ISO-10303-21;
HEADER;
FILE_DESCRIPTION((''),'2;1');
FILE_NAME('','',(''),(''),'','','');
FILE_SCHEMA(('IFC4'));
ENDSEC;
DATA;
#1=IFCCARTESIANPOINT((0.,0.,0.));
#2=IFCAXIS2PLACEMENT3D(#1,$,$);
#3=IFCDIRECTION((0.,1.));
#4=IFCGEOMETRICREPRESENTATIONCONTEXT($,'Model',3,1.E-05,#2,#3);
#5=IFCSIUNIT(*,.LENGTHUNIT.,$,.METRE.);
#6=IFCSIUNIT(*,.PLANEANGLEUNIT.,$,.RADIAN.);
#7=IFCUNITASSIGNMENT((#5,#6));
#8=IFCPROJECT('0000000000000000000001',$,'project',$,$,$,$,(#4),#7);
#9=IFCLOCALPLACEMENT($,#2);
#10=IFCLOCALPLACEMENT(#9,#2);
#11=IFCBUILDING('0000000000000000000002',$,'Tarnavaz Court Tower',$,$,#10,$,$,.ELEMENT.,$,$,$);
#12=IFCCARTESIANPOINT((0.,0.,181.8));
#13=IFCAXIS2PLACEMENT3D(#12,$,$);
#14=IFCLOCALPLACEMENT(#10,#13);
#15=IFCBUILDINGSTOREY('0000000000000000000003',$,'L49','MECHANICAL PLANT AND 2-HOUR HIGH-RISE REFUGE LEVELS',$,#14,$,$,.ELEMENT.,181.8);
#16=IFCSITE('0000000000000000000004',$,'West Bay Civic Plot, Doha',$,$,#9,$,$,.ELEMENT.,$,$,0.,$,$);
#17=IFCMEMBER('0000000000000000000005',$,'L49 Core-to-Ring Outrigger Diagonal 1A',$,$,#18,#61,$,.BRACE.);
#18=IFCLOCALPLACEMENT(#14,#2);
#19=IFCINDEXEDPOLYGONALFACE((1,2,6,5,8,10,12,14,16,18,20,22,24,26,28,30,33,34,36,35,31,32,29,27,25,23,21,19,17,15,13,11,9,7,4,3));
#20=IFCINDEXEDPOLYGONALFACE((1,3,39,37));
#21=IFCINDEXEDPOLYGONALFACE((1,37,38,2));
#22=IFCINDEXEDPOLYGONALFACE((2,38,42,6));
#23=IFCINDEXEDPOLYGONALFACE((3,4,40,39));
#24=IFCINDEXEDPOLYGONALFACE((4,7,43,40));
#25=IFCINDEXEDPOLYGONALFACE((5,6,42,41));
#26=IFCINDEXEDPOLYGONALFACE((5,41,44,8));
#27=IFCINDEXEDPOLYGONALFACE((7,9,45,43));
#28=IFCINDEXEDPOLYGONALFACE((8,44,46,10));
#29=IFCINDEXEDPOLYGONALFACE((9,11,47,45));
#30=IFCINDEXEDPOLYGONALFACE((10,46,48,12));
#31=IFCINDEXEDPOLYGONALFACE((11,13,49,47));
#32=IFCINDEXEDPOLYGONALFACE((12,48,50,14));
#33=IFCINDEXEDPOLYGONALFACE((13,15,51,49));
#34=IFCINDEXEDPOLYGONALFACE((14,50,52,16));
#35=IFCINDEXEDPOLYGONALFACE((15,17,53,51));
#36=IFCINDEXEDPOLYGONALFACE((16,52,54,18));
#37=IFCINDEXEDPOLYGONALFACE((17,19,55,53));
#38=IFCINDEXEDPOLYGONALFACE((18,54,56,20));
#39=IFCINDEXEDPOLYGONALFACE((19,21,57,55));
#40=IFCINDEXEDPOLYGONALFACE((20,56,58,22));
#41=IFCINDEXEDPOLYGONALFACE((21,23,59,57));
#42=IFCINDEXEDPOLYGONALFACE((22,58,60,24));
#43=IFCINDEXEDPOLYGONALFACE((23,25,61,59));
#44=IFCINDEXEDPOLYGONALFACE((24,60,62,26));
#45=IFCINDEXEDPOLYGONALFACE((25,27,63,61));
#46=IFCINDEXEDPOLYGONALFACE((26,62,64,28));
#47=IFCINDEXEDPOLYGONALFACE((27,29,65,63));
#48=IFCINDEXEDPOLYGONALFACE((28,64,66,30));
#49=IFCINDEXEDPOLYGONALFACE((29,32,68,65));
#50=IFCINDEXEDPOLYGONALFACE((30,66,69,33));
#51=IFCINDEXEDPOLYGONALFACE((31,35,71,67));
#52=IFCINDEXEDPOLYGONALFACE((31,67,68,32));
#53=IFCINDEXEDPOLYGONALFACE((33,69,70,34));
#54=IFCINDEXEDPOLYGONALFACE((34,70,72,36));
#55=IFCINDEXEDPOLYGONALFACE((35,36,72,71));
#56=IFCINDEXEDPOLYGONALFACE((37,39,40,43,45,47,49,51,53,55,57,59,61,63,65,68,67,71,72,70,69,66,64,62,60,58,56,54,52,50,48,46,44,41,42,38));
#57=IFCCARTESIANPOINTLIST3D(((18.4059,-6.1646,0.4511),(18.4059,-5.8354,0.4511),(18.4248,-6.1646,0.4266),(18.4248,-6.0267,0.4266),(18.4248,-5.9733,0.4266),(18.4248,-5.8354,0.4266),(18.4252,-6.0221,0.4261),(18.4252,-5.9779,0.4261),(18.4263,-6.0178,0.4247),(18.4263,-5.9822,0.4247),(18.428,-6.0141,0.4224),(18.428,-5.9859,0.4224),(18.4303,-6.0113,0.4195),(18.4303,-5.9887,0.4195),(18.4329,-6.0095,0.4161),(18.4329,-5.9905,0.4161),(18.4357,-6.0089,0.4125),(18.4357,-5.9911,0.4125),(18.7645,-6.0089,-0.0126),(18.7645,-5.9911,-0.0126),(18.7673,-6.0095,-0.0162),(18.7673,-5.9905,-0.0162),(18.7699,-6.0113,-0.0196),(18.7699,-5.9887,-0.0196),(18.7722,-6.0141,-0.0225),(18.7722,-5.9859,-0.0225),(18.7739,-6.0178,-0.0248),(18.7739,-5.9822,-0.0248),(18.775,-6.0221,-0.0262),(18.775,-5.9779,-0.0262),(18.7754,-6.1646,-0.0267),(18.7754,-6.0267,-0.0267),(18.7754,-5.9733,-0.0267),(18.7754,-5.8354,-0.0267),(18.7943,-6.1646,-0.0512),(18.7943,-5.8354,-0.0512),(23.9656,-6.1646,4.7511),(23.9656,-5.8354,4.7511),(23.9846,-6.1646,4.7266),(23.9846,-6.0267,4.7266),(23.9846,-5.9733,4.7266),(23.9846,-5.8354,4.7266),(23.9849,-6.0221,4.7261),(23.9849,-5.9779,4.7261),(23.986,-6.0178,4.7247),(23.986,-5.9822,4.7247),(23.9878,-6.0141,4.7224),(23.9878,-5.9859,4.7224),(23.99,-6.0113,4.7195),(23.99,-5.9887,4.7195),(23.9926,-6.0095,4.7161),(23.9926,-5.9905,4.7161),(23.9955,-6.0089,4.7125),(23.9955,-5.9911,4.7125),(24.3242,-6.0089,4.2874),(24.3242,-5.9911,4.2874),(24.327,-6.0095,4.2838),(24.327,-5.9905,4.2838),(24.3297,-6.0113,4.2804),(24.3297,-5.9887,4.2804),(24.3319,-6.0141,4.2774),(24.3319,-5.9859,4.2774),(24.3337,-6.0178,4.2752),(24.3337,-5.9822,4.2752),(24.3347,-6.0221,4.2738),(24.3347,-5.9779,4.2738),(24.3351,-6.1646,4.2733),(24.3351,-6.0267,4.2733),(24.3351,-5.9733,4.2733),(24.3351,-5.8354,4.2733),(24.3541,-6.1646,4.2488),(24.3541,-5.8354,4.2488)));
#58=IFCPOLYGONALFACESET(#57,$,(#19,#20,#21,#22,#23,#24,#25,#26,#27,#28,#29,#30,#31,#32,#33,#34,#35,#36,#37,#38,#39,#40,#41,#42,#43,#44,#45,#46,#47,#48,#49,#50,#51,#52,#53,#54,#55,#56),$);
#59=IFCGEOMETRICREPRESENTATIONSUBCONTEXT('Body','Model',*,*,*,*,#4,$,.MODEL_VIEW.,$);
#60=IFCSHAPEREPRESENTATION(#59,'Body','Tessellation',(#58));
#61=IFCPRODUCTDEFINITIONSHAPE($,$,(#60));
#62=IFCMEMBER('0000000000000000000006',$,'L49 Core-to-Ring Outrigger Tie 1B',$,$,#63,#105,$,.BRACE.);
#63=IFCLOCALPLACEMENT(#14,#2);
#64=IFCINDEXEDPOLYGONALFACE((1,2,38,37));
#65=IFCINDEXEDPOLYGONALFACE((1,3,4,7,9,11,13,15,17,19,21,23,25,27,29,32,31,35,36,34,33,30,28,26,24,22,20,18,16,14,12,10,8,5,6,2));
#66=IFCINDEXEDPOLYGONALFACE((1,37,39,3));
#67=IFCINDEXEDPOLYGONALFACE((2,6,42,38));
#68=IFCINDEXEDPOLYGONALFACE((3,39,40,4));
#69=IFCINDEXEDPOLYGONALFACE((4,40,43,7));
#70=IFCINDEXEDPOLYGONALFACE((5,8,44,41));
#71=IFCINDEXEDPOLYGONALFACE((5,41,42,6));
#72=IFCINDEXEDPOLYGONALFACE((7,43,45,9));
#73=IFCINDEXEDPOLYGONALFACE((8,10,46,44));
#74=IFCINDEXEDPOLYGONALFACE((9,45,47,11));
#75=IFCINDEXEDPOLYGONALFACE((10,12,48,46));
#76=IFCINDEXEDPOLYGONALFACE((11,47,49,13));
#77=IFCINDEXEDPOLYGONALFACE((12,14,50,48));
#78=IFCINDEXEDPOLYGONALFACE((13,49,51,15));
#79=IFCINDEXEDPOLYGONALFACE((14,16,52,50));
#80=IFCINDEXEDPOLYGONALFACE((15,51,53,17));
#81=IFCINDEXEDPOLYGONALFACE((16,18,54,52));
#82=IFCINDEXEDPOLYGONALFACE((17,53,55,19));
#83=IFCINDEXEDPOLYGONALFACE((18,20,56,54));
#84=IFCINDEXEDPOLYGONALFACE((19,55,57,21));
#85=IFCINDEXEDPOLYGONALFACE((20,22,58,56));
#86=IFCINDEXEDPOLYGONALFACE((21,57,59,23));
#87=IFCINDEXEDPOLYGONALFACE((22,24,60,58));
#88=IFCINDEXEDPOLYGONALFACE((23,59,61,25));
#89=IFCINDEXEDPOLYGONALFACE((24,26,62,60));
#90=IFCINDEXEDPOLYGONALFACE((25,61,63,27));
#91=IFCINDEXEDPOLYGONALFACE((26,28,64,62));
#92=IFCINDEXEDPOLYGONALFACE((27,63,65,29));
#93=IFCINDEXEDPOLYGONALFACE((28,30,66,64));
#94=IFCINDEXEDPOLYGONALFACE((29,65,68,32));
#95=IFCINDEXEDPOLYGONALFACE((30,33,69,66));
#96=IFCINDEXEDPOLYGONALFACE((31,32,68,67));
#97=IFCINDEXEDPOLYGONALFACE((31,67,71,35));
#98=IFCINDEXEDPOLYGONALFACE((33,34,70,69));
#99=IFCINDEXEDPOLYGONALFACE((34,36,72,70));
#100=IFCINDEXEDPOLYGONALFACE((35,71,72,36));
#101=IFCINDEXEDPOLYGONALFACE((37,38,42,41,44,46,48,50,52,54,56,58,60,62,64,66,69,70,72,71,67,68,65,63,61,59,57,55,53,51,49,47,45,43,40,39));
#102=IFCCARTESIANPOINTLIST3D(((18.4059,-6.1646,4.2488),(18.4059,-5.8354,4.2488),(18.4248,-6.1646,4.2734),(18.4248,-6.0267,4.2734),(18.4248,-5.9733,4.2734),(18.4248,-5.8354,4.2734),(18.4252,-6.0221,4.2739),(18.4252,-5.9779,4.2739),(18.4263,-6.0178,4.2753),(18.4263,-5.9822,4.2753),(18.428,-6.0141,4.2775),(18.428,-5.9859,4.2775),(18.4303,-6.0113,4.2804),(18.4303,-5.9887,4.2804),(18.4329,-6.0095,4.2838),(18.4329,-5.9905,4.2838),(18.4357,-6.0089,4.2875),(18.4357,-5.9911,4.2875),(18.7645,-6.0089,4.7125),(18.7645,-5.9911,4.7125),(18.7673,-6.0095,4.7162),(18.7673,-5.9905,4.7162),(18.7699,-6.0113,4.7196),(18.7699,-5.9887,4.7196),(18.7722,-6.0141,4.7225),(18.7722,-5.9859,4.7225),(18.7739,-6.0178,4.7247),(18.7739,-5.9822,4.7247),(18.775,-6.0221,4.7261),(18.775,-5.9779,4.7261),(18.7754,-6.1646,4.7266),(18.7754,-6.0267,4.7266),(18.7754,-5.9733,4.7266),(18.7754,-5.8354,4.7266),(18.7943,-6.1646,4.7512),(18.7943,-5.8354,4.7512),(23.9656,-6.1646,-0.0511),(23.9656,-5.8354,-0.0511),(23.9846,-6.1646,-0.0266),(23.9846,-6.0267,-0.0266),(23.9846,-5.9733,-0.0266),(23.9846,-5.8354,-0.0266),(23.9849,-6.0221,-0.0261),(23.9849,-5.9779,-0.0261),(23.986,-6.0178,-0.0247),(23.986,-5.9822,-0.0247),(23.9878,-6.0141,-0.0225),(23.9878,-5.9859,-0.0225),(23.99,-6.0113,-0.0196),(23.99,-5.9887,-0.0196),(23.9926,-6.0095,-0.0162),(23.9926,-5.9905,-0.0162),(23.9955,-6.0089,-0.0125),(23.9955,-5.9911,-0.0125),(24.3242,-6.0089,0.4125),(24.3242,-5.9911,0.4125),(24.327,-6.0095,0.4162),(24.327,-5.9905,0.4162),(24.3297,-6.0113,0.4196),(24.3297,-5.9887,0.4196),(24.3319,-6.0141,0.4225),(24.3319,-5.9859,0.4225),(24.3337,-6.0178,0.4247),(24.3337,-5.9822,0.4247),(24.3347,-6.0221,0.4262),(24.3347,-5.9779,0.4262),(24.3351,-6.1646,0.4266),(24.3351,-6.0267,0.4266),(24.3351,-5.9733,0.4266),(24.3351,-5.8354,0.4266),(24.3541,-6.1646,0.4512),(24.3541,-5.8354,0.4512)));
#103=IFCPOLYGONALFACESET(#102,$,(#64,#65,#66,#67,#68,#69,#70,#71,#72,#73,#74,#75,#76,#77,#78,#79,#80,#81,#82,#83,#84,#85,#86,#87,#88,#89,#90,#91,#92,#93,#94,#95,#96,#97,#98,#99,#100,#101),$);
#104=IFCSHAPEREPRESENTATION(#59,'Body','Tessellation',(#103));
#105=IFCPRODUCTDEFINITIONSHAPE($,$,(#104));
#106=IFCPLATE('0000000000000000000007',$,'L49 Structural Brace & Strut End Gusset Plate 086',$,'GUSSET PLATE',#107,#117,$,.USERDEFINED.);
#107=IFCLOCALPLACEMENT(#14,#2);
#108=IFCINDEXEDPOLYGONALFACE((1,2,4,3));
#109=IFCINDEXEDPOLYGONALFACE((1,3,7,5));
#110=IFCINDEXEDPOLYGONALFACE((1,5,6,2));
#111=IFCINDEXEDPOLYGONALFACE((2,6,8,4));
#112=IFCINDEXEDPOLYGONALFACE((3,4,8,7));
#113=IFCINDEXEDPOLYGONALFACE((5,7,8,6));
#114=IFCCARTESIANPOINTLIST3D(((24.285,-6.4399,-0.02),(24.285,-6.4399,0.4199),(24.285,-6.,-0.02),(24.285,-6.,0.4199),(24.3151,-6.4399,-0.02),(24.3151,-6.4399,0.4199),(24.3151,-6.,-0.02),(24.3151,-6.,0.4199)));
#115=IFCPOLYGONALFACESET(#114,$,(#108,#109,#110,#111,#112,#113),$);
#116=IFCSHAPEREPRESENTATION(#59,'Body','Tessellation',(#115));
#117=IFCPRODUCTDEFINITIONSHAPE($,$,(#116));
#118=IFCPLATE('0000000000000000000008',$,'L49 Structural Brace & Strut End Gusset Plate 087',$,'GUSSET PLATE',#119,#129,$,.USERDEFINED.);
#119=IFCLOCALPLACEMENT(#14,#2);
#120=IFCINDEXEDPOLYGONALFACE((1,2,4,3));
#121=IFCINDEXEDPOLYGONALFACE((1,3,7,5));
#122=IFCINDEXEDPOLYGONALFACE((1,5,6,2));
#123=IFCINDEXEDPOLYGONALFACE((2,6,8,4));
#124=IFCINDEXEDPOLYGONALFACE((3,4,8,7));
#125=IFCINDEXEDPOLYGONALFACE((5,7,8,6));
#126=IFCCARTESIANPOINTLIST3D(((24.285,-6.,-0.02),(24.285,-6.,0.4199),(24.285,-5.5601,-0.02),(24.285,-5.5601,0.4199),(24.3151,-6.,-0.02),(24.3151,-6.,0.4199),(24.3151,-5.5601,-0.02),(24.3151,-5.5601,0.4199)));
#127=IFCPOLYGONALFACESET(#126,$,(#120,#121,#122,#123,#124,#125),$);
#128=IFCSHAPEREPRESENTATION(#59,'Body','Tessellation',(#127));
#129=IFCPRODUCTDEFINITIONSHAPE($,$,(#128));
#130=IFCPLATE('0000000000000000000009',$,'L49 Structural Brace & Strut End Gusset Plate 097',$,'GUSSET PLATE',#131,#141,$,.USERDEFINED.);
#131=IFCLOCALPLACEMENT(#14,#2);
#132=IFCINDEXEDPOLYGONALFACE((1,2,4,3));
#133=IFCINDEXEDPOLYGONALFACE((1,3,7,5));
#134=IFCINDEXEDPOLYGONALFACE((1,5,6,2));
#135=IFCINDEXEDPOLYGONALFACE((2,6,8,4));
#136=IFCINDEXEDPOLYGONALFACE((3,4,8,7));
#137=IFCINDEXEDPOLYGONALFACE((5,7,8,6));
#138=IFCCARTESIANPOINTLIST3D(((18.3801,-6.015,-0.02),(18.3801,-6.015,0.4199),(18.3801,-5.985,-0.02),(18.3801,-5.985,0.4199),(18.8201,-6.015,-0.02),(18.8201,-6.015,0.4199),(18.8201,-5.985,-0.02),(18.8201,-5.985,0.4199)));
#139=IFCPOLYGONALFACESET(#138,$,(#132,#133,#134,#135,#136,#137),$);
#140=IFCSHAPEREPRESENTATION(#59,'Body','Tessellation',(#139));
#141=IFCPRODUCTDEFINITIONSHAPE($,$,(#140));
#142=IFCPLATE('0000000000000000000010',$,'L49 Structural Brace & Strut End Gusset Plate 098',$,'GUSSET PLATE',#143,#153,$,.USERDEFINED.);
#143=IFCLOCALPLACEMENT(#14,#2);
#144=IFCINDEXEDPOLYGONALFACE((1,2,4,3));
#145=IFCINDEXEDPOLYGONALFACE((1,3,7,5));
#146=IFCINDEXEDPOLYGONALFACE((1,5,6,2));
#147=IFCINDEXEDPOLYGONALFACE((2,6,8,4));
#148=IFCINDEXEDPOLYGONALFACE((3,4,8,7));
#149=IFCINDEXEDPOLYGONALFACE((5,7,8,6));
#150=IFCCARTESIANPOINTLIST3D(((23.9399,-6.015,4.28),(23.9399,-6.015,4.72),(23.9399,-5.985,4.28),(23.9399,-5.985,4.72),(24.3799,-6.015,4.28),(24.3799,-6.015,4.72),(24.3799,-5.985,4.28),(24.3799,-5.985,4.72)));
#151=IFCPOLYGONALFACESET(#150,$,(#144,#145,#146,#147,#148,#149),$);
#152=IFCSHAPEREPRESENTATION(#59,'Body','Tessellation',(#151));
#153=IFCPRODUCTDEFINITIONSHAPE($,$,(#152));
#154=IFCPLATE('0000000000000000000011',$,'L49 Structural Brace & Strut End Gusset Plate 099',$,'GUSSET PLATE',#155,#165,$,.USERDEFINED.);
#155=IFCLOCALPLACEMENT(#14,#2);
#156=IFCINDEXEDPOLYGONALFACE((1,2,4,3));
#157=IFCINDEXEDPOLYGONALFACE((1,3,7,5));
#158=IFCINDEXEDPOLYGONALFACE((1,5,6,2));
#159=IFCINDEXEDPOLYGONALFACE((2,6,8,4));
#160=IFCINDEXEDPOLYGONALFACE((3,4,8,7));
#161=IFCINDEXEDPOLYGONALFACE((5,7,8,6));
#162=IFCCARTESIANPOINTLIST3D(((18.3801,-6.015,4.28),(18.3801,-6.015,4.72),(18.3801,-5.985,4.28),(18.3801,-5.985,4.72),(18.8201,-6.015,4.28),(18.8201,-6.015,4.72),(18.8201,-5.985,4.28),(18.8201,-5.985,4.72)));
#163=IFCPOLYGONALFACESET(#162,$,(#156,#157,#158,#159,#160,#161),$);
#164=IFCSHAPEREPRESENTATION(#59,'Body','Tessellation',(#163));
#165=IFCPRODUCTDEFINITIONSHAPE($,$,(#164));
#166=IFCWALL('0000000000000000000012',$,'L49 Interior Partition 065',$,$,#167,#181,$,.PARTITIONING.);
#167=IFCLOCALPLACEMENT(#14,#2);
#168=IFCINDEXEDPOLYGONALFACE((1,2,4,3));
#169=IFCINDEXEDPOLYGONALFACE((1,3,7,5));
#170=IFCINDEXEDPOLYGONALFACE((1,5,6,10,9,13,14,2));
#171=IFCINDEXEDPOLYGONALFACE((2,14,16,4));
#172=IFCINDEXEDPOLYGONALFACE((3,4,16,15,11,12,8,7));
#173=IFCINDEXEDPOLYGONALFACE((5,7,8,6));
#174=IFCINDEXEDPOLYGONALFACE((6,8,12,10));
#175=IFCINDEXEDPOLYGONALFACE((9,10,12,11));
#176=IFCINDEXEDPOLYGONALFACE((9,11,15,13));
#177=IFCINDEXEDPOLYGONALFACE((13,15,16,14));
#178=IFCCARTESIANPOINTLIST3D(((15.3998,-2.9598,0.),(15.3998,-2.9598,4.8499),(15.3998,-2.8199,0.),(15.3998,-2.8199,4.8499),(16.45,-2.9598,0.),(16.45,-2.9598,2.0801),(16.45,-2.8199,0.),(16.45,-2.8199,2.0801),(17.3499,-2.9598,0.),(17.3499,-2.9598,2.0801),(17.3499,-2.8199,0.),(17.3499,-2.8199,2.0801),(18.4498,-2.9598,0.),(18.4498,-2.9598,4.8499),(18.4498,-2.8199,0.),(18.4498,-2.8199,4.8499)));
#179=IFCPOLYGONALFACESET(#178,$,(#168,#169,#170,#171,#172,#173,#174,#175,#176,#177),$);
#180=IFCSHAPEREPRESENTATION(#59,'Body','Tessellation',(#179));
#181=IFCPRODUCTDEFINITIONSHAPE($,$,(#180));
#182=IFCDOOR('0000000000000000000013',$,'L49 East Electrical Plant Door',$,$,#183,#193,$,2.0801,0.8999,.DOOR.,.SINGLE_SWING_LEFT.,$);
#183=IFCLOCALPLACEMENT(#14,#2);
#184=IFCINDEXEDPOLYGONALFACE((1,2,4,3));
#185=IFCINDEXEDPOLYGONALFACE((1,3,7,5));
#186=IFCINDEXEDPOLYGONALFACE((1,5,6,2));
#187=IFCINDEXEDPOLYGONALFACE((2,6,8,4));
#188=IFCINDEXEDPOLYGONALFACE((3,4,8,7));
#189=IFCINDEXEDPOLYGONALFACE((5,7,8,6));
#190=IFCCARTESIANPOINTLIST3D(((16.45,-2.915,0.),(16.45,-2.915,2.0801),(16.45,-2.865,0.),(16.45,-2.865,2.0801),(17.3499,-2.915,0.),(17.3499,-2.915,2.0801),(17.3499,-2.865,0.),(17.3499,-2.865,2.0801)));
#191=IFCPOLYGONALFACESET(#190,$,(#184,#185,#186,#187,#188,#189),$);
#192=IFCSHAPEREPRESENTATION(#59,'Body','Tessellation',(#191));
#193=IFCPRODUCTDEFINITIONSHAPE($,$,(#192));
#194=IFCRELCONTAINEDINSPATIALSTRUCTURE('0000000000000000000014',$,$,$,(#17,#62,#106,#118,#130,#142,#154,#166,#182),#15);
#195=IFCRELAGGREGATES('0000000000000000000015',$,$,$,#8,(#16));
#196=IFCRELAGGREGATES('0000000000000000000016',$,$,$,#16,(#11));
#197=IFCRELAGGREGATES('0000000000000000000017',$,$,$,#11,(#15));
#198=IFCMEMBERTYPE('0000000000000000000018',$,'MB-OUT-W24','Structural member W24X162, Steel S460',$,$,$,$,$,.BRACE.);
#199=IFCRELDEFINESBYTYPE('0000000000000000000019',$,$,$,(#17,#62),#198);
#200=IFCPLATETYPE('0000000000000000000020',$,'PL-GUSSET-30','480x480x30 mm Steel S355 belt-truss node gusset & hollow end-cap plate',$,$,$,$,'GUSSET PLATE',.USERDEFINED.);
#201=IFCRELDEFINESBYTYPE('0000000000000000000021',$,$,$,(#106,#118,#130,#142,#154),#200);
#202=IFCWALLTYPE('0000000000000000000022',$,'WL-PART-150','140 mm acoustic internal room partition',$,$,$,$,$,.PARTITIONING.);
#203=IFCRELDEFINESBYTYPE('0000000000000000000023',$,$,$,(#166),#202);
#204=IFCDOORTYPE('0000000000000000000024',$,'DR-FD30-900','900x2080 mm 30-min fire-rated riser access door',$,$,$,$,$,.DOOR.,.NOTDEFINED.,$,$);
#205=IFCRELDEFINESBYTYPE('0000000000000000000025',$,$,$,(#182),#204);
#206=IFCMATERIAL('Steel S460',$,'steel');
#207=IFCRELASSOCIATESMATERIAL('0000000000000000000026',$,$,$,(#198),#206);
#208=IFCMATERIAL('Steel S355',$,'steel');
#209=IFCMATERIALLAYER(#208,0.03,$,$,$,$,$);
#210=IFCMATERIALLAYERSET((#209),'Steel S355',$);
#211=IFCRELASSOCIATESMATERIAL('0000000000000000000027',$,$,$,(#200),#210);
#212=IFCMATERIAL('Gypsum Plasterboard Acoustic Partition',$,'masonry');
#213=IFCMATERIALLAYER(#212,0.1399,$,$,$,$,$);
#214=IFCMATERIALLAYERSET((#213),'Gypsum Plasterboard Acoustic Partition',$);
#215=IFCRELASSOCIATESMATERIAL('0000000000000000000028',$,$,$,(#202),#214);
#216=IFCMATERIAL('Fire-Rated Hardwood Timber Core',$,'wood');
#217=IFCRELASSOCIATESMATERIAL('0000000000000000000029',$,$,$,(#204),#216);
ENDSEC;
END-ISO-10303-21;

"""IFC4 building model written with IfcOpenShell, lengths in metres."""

from ifc_helpers import new_model, si_unit, direction, frame, frame_2d, origin, origin_2d, place, context, subcontext, project, spatial, rectangle, i_section, extrude, material, layer, layer_set, material_profile, profile_set, type_object, element, fill, save


model = new_model("IFC4")

# Units and contexts
model_context = context("Model", 3, precision=1e-05, world=origin(), true_north=direction((0.0, 1.0)))
body_context = subcontext(model_context, "Body", "Model", "MODEL_VIEW")
ifc_project = project(units=[si_unit("LENGTHUNIT", "METRE"), si_unit("PLANEANGLEUNIT", "RADIAN")], contexts=[model_context])

# Site, building, storey
site_placement = place(None, origin())
site = spatial("IfcSite", under=ifc_project, at=site_placement, Name="West Bay Civic Plot, Doha", CompositionType="ELEMENT", RefElevation=0.0)
building_placement = place(site_placement, origin())
building = spatial("IfcBuilding", under=site, at=building_placement, Name="Tarnavaz Court Tower", CompositionType="ELEMENT")
storey_placement = place(building_placement, frame((0.0, 0.0, 181.8)))
storey = spatial("IfcBuildingStorey", under=building, at=storey_placement, Name="L49", Description="MECHANICAL PLANT AND 2-HOUR HIGH-RISE REFUGE LEVELS", CompositionType="ELEMENT", Elevation=181.8)

# Shared definitions
ifc_material_1 = material(Name="Steel S460", Category="steel")

# Members
ifc_material_profile_1 = material_profile(ifc_material_1, i_section(OverallWidth=0.3291, OverallDepth=0.635, WebThickness=0.0178, FlangeThickness=0.031, FilletRadius=0.0178, at=origin_2d()), Name="W24X162")
ifc_profile_set_1 = profile_set([ifc_material_profile_1], Name="Steel S460")
member_type_1 = type_object("IfcMemberType", Name="MB-OUT-W24", Description="Structural member W24X162, Steel S460", PredefinedType="BRACE", material=ifc_profile_set_1)
for number, where, z_axis, x_axis, name in (
    (1, (18.6001, -6.0, 0.2), (0.791021, 0.0, 0.611789), (0.0, 1.0, 0.0), "L49 Core-to-Ring Outrigger Diagonal 1A"),
    (2, (18.6001, -6.0, 4.5), (0.791021, 0.0, -0.611789), (0.0, 1.0, 0.0), "L49 Core-to-Ring Outrigger Tie 1B"),
):
    element("IfcMember", number, at=place(storey_placement, frame(where, z_axis=z_axis, x_axis=x_axis)), inside=storey, type_object=member_type_1, Name=name, PredefinedType="BRACE", context=body_context, shape_type="SweptSolid", body=[
        extrude(i_section(OverallWidth=0.3291, OverallDepth=0.635, WebThickness=0.0178, FlangeThickness=0.031, FilletRadius=0.0178, at=origin_2d()), origin(), (0.0, 0.0, 1.0), 7.0286),
    ])

# Plates
ifc_material_2 = material(Name="Steel S355", Category="steel")
ifc_layer_1 = layer(ifc_material_2, 0.03)
ifc_layer_set_1 = layer_set([ifc_layer_1], Name="Steel S355")
plate_type = type_object("IfcPlateType", Name="PL-GUSSET-30", Description="480x480x30 mm Steel S355 belt-truss node gusset & hollow end-cap plate", ElementType="GUSSET PLATE", PredefinedType="USERDEFINED", material=ifc_layer_set_1)
for number, where, z_axis, x_axis, name in (
    (3, (24.3, -6.22, -0.02), (0.0, 0.0, 1.0), (0.0, 1.0, 0.0), "L49 Structural Brace & Strut End Gusset Plate 086"),
    (4, (24.3, -5.78, -0.02), (0.0, 0.0, 1.0), (0.0, 1.0, 0.0), "L49 Structural Brace & Strut End Gusset Plate 087"),
    (5, (18.6001, -6.0, -0.02), (0.0, 0.0, 1.0), (1.0, 0.0, 0.0), "L49 Structural Brace & Strut End Gusset Plate 097"),
    (6, (24.1599, -6.0, 4.28), (0.0, 0.0, 1.0), (1.0, 0.0, 0.0), "L49 Structural Brace & Strut End Gusset Plate 098"),
    (7, (18.6001, -6.0, 4.28), (0.0, 0.0, 1.0), (1.0, 0.0, 0.0), "L49 Structural Brace & Strut End Gusset Plate 099"),
):
    element("IfcPlate", number, at=place(storey_placement, frame(where, z_axis=z_axis, x_axis=x_axis)), inside=storey, type_object=plate_type, Name=name, ObjectType="GUSSET PLATE", PredefinedType="USERDEFINED", context=body_context, shape_type="SweptSolid", body=[
        extrude(rectangle(XDim=0.4399, YDim=0.03, at=origin_2d()), origin(), (0.0, 0.0, 1.0), 0.4399),
    ])

# Wall, opening, door
ifc_material_3 = material(Name="Gypsum Plasterboard Acoustic Partition", Category="masonry")
ifc_layer_2 = layer(ifc_material_3, 0.1399)
ifc_layer_set_2 = layer_set([ifc_layer_2], Name="Gypsum Plasterboard Acoustic Partition")
wall_type_1 = type_object("IfcWallType", Name="WL-PART-150", Description="140 mm acoustic internal room partition", PredefinedType="PARTITIONING", material=ifc_layer_set_2)
wall_1_placement = place(storey_placement, frame((15.3999, -2.8899, 0.0), z_axis=(0.0, 0.0, 1.0), x_axis=(1.0, 0.0, 0.0)))
wall_1 = element("IfcWall", 8, at=wall_1_placement, inside=storey, type_object=wall_type_1, Name="L49 Interior Partition 065", PredefinedType="PARTITIONING", context=body_context, shape_type="SweptSolid", body=[
    extrude(rectangle(XDim=3.05, YDim=0.1399, at=frame_2d((1.5249, 0.0))), origin(), (0.0, 0.0, 1.0), 4.8499),
])
opening_placement = place(wall_1_placement, frame((1.05, 0.0, 0.0)))
opening = element("IfcOpeningElement", 9, at=opening_placement, cuts=wall_1, PredefinedType="OPENING", context=body_context, shape_type="SweptSolid", body=[
    extrude(rectangle(XDim=0.8999, YDim=2.0801, at=frame_2d((0.45, 1.04))), frame((0.0, 0.0798, 0.0), z_axis=(0.0, -1.0, 0.0), x_axis=(1.0, 0.0, 0.0)), (0.0, 0.0, 1.0), 0.1599),
])
ifc_material_4 = material(Name="Fire-Rated Hardwood Timber Core", Category="wood")
door_type = type_object("IfcDoorType", Name="DR-FD30-900", Description="900x2080 mm 30-min fire-rated riser access door", OperationType="NOTDEFINED", PredefinedType="DOOR", material=ifc_material_4)
door_placement = place(opening_placement, origin())
door = element("IfcDoor", 10, at=door_placement, inside=storey, type_object=door_type, Name="L49 East Electrical Plant Door", OperationType="SINGLE_SWING_LEFT", OverallHeight=2.0801, OverallWidth=0.8999, PredefinedType="DOOR", context=body_context, shape_type="SweptSolid", body=[
    extrude(rectangle(XDim=0.8999, YDim=2.0801, at=frame_2d((0.45, 1.04))), frame((0.0, 0.0249, 0.0), z_axis=(0.0, -1.0, 0.0), x_axis=(1.0, 0.0, 0.0)), (0.0, 0.0, 1.0), 0.05),
])
fill(opening, door)

save(model, "model.ifc")
